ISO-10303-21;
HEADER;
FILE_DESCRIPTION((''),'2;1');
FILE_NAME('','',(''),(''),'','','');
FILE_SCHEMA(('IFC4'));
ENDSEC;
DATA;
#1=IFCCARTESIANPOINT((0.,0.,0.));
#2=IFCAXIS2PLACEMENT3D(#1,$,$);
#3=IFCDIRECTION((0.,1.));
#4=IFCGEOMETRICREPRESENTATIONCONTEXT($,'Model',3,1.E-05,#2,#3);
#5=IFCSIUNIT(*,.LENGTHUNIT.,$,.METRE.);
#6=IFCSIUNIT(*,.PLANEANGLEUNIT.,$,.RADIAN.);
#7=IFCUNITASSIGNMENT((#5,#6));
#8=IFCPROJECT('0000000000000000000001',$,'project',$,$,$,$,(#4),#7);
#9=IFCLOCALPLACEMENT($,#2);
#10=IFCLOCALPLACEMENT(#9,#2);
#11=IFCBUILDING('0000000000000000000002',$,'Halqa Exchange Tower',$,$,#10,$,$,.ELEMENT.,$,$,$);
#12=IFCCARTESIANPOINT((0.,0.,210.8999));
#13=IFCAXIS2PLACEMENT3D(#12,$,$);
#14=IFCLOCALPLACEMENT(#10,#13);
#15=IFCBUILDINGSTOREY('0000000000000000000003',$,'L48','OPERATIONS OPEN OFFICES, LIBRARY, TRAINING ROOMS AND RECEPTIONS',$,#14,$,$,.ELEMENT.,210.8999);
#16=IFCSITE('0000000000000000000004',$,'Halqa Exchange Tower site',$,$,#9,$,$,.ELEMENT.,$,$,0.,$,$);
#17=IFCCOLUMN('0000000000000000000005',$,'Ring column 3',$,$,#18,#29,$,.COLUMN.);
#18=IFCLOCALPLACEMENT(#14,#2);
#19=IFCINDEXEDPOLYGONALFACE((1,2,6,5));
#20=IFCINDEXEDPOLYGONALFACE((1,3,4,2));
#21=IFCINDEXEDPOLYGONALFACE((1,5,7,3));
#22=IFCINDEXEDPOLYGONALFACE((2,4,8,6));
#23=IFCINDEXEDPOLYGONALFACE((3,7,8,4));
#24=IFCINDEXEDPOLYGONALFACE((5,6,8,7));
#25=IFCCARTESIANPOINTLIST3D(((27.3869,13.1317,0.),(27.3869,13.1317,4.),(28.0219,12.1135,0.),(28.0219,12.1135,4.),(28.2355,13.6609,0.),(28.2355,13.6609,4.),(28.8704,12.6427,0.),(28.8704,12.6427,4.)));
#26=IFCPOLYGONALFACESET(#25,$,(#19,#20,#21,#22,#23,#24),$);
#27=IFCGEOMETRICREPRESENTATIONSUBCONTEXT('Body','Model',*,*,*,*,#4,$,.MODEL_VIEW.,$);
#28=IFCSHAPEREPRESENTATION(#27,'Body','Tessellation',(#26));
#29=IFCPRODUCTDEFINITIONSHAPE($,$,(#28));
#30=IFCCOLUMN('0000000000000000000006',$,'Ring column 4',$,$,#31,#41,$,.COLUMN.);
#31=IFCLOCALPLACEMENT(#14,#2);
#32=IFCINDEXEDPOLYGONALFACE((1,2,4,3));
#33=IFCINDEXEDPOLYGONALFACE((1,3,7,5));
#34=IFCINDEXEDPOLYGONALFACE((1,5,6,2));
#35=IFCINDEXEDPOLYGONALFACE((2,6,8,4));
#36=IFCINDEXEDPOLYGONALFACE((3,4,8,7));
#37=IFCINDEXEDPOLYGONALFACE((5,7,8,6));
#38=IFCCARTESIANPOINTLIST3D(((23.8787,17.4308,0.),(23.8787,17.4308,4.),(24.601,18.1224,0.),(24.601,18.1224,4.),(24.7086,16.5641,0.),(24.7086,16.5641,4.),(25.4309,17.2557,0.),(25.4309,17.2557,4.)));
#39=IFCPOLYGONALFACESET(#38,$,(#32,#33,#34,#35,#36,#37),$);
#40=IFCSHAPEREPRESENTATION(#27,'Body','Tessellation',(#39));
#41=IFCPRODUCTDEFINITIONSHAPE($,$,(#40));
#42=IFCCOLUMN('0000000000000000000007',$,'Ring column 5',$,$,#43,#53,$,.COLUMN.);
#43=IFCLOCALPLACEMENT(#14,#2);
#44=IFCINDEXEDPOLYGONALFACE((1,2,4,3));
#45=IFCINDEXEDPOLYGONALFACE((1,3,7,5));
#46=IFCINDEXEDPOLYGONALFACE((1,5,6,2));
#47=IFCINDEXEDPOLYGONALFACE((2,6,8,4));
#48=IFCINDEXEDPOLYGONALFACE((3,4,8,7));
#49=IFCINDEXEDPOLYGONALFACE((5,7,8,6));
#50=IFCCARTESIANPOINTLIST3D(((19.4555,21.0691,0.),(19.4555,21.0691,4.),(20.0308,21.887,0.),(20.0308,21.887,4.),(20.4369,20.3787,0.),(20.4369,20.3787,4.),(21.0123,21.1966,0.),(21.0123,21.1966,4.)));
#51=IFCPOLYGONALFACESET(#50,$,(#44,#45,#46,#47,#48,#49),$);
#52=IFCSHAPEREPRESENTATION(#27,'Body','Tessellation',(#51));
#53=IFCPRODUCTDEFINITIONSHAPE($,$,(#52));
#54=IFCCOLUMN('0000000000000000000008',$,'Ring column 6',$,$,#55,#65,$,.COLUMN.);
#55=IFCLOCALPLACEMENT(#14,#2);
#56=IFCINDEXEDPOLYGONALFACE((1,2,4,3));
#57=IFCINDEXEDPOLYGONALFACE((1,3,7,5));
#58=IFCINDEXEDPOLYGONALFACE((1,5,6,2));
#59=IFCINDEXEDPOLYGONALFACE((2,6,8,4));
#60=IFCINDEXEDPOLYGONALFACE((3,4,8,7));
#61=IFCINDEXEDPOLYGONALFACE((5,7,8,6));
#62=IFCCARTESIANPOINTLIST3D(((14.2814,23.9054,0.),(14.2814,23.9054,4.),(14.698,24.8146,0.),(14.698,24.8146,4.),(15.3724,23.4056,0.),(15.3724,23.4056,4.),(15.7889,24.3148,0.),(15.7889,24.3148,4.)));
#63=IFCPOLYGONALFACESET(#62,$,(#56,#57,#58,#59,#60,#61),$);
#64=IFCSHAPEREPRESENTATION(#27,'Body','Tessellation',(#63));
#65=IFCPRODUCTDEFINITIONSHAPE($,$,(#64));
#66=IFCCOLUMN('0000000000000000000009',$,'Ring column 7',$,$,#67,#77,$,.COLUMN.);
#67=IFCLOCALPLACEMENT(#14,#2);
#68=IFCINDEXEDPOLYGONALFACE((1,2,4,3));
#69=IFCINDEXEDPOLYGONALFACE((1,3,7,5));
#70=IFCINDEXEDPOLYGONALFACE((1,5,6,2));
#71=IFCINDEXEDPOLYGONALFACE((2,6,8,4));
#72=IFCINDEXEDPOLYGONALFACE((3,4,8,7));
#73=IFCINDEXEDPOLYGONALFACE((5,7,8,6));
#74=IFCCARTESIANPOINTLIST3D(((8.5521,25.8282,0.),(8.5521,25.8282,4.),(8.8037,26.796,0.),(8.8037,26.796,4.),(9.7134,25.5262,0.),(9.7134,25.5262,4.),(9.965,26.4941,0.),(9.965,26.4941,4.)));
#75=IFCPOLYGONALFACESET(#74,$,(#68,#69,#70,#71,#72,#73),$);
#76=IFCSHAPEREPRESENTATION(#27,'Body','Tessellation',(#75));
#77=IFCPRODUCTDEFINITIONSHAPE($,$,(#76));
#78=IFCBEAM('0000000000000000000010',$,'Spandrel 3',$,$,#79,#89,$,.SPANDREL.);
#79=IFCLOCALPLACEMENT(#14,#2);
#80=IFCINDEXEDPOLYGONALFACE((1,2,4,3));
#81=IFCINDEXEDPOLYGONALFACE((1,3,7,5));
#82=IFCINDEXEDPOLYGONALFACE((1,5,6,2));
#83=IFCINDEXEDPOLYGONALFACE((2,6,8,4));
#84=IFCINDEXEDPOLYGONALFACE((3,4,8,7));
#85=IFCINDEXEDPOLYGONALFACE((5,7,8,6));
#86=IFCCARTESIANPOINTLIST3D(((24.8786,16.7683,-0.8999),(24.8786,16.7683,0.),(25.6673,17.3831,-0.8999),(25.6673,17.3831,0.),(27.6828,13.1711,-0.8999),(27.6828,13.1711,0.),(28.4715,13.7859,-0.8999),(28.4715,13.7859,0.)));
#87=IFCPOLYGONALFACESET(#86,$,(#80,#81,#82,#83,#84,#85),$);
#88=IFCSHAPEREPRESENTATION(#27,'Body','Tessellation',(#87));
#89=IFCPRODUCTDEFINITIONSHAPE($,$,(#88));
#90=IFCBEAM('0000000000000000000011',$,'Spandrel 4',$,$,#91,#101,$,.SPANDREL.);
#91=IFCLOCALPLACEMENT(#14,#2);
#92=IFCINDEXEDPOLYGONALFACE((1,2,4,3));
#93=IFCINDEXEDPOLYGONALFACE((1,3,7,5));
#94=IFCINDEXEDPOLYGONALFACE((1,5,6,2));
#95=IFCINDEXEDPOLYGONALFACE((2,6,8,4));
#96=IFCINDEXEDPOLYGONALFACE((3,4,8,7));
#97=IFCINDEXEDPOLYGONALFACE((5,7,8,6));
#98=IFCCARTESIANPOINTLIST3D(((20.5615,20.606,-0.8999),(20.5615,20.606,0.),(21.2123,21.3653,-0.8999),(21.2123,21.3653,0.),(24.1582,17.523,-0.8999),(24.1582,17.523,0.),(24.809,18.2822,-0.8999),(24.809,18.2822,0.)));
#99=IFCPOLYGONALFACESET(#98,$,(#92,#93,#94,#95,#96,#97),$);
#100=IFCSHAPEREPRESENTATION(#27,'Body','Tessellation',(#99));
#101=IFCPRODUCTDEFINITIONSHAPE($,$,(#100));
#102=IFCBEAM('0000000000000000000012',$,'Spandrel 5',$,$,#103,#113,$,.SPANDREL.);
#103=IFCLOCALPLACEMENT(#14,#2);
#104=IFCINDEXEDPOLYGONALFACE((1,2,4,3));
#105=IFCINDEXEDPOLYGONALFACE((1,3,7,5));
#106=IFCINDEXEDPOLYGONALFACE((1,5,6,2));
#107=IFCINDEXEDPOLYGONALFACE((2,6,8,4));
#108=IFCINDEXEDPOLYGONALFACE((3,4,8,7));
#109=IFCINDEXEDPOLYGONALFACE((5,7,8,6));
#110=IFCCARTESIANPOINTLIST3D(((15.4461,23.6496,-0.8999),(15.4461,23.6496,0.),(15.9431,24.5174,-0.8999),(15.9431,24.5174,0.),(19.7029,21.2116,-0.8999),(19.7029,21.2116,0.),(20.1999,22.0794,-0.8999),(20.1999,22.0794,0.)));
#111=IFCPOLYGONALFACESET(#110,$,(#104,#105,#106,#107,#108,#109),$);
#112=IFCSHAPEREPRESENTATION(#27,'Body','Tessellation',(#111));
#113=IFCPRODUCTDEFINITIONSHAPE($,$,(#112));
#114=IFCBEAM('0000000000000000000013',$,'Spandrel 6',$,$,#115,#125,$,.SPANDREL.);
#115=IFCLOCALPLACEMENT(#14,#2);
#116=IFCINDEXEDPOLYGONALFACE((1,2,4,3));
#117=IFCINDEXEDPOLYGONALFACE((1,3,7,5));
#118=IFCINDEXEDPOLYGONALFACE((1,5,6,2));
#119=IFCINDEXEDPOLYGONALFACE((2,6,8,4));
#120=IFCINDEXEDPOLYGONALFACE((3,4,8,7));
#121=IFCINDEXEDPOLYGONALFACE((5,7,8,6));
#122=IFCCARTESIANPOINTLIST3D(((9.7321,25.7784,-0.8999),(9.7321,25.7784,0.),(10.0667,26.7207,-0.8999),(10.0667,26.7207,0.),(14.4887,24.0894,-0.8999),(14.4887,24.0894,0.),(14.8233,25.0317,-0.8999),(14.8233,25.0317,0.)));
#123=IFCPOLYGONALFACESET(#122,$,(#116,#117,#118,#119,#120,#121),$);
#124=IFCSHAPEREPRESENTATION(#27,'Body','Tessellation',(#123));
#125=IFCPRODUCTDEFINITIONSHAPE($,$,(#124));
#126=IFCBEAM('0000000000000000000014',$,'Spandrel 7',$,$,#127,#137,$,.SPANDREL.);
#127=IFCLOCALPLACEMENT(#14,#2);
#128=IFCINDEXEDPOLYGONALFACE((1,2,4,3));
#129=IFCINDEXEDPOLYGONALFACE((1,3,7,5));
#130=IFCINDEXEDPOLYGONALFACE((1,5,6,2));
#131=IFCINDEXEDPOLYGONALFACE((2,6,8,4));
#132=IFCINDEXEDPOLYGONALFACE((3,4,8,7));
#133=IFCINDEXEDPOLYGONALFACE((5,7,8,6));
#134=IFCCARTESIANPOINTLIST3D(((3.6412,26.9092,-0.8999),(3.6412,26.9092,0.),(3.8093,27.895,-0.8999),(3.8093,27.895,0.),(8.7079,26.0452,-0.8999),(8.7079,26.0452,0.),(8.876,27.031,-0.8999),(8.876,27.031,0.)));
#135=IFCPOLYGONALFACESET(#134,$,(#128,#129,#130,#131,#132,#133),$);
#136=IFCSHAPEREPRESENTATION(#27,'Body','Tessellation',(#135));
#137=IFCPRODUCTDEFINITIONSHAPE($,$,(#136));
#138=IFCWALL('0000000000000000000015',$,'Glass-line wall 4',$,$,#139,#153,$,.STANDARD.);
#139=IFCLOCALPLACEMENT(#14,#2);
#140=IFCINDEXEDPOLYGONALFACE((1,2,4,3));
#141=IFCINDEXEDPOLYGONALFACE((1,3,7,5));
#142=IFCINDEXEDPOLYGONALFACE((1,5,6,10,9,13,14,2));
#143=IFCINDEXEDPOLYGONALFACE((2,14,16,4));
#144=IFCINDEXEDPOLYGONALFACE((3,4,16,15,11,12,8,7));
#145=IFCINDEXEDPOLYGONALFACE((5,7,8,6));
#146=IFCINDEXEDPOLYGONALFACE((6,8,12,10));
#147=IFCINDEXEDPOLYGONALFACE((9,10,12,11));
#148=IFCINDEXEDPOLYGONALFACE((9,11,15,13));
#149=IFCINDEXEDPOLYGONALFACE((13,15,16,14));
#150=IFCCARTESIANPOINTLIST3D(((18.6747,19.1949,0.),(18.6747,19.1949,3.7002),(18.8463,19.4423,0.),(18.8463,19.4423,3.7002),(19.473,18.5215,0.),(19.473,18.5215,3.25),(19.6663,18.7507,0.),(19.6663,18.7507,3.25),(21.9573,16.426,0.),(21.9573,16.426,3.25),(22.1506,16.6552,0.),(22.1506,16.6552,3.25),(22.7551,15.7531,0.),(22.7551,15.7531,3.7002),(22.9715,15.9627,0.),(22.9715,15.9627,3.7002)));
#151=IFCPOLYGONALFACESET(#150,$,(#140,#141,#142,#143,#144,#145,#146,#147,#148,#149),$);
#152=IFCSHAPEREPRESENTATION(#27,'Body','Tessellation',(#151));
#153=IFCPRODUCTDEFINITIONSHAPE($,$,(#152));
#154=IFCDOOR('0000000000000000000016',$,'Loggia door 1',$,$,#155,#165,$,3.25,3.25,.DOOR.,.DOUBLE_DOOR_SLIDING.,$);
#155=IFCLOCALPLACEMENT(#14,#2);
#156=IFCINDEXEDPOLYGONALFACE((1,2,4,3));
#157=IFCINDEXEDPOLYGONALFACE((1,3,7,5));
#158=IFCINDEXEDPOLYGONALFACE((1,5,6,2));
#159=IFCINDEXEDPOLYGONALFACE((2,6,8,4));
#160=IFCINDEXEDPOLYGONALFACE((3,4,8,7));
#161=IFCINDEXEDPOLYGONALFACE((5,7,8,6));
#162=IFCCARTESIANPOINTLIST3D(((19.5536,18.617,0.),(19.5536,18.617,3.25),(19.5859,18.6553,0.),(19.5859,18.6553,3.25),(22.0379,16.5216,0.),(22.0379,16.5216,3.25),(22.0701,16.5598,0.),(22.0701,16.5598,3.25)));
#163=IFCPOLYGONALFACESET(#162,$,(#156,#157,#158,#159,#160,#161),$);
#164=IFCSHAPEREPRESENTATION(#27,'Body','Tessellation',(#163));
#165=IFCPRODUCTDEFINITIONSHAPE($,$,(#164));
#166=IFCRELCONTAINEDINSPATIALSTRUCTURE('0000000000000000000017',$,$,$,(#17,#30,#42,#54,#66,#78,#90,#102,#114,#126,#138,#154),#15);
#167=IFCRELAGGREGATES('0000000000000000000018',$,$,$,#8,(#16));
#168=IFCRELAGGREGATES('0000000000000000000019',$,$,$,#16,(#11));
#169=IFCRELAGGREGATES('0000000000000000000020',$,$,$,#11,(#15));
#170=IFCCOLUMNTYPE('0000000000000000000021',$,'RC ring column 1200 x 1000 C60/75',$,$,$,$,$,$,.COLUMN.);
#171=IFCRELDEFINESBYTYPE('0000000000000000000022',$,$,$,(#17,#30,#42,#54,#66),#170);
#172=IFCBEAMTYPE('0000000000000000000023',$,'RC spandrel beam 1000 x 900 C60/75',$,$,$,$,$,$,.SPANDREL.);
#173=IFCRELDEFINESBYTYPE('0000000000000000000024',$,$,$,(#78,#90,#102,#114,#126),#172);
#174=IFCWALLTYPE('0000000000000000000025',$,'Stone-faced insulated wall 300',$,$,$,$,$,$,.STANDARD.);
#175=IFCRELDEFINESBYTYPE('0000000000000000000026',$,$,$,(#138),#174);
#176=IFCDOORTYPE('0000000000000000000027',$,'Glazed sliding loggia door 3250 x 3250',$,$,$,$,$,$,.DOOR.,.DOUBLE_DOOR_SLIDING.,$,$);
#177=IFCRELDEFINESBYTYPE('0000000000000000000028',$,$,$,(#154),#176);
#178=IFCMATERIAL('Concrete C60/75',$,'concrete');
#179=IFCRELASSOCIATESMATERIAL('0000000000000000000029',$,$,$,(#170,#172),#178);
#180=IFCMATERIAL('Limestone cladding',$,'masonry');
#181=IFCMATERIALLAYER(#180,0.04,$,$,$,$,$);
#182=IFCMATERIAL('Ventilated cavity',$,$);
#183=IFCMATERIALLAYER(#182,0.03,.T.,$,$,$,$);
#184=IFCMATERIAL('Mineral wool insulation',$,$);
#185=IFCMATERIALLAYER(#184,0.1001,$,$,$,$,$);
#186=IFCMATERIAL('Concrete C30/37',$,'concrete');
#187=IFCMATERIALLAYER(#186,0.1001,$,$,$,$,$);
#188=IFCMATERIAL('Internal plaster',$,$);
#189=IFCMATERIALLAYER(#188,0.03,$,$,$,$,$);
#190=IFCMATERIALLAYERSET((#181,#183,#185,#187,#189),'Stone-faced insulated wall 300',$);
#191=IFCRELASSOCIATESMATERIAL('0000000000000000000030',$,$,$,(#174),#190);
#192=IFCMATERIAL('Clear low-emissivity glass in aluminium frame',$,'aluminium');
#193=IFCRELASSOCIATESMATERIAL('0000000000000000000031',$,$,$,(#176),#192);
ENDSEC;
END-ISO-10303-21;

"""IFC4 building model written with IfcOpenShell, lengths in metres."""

from ifc_helpers import new_model, si_unit, direction, frame, frame_2d, origin, origin_2d, place, context, subcontext, project, spatial, polyline, rectangle, outline, extrude, material, layer, layer_set, material_profile, profile_set, type_object, element, fill, save


model = new_model("IFC4")

# Units and contexts
model_context = context("Model", 3, precision=1e-05, world=origin(), true_north=direction((0.0, 1.0)))
body_context = subcontext(model_context, "Body", "Model", "MODEL_VIEW")
ifc_project = project(units=[si_unit("LENGTHUNIT", "METRE"), si_unit("PLANEANGLEUNIT", "RADIAN")], contexts=[model_context])

# Site, building, storey
site_placement = place(None, origin())
site = spatial("IfcSite", under=ifc_project, at=site_placement, Name="Halqa Exchange Tower site", CompositionType="ELEMENT", RefElevation=0.0)
building_placement = place(site_placement, origin())
building = spatial("IfcBuilding", under=site, at=building_placement, Name="Halqa Exchange Tower", CompositionType="ELEMENT")
storey_placement = place(building_placement, frame((0.0, 0.0, 210.8999)))
storey = spatial("IfcBuildingStorey", under=building, at=storey_placement, Name="L48", Description="OPERATIONS OPEN OFFICES, LIBRARY, TRAINING ROOMS AND RECEPTIONS", CompositionType="ELEMENT", Elevation=210.8999)

# Columns
ifc_material_1 = material(Name="Concrete C60/75", Category="concrete")
ifc_material_profile_1 = material_profile(ifc_material_1, rectangle(XDim=1.2, YDim=1.0, at=origin_2d()), Name="1200 x 1000")
ifc_profile_set_1 = profile_set([ifc_material_profile_1], Name="Concrete C60/75")
column_type = type_object("IfcColumnType", Name="RC ring column 1200 x 1000 C60/75", PredefinedType="COLUMN", material=ifc_profile_set_1)
for number, where, z_axis, x_axis, name in (
    (1, (28.1287, 12.8872, 0.0), (0.0, 0.0, 1.0), (-0.529145, 0.848531, 0.0), "Ring column 3"),
    (2, (24.6548, 17.3433, 0.0), (0.0, 0.0, 1.0), (-0.691575, 0.722305, 0.0), "Ring column 4"),
    (3, (20.2339, 21.1328, 0.0), (0.0, 0.0, 1.0), (-0.817906, 0.575352, 0.0), "Ring column 5"),
    (4, (15.0352, 24.1101, 0.0), (0.0, 0.0, 1.0), (-0.909129, 0.416514, 0.0), "Ring column 6"),
    (5, (9.2585, 26.1611, 0.0), (0.0, 0.0, 1.0), (-0.967819, 0.251649, 0.0), "Ring column 7"),
):
    element("IfcColumn", number, at=place(storey_placement, frame(where, z_axis=z_axis, x_axis=x_axis)), inside=storey, type_object=column_type, Name=name, PredefinedType="COLUMN", context=body_context, shape_type="SweptSolid", body=[
        extrude(rectangle(XDim=1.2, YDim=1.0, at=origin_2d()), origin(), (0.0, 0.0, 1.0), 4.0),
    ])

# Beams
ifc_material_profile_2 = material_profile(ifc_material_1, rectangle(XDim=1.0, YDim=0.8999, at=origin_2d()), Name="1000 x 900")
ifc_profile_set_2 = profile_set([ifc_material_profile_2], Name="Concrete C60/75")
beam_type = type_object("IfcBeamType", Name="RC spandrel beam 1000 x 900 C60/75", PredefinedType="SPANDREL", material=ifc_profile_set_2)
beam_1_placement = place(storey_placement, frame((28.0771, 13.4785, -0.45), z_axis=(-0.614815, 0.788672, 0.0), x_axis=(-0.788672, -0.614815, 0.0)))
element("IfcBeam", 6, at=beam_1_placement, inside=storey, type_object=beam_type, Name="Spandrel 3", PredefinedType="SPANDREL", context=body_context, shape_type="SweptSolid", body=[
    extrude(rectangle(XDim=1.0, YDim=0.8999, at=origin_2d()), origin(), (0.0, 0.0, 1.0), 4.561),
])
beam_2_placement = place(storey_placement, frame((24.4836, 17.9026, -0.45), z_axis=(-0.759242, 0.650808, 0.0), x_axis=(-0.650808, -0.759242, 0.0)))
element("IfcBeam", 7, at=beam_2_placement, inside=storey, type_object=beam_type, Name="Spandrel 4", PredefinedType="SPANDREL", context=body_context, shape_type="SweptSolid", body=[
    extrude(rectangle(XDim=1.0, YDim=0.8999, at=origin_2d()), origin(), (0.0, 0.0, 1.0), 4.7373),
])
beam_3_placement = place(storey_placement, frame((19.9514, 21.6455, -0.45), z_axis=(-0.867759, 0.496986, 0.0), x_axis=(-0.496986, -0.867759, 0.0)))
element("IfcBeam", 8, at=beam_3_placement, inside=storey, type_object=beam_type, Name="Spandrel 5", PredefinedType="SPANDREL", context=body_context, shape_type="SweptSolid", body=[
    extrude(rectangle(XDim=1.0, YDim=0.8999, at=origin_2d()), origin(), (0.0, 0.0, 1.0), 4.9055),
])
beam_4_placement = place(storey_placement, frame((14.656, 24.5605, -0.45), z_axis=(-0.942356, 0.334611, 0.0), x_axis=(-0.334611, -0.942356, 0.0)))
element("IfcBeam", 9, at=beam_4_placement, inside=storey, type_object=beam_type, Name="Spandrel 6", PredefinedType="SPANDREL", context=body_context, shape_type="SweptSolid", body=[
    extrude(rectangle(XDim=1.0, YDim=0.8999, at=origin_2d()), origin(), (0.0, 0.0, 1.0), 5.0476),
])
beam_5_placement = place(storey_placement, frame((8.792, 26.5381, -0.45), z_axis=(-0.985769, 0.168103, 0.0), x_axis=(-0.168103, -0.985769, 0.0)))
element("IfcBeam", 10, at=beam_5_placement, inside=storey, type_object=beam_type, Name="Spandrel 7", PredefinedType="SPANDREL", context=body_context, shape_type="SweptSolid", body=[
    extrude(rectangle(XDim=1.0, YDim=0.8999, at=origin_2d()), origin(), (0.0, 0.0, 1.0), 5.1399),
])

# Wall, opening, door
ifc_material_2 = material(Name="Limestone cladding", Category="masonry")
ifc_layer_1 = layer(ifc_material_2, 0.04)
ifc_material_3 = material(Name="Ventilated cavity")
ifc_layer_2 = layer(ifc_material_3, 0.03, ventilated=True)
ifc_material_4 = material(Name="Mineral wool insulation")
ifc_layer_3 = layer(ifc_material_4, 0.1001)
ifc_material_5 = material(Name="Concrete C30/37", Category="concrete")
ifc_layer_4 = layer(ifc_material_5, 0.1001)
ifc_material_6 = material(Name="Internal plaster")
ifc_layer_5 = layer(ifc_material_6, 0.03)
ifc_layer_set = layer_set([ifc_layer_1, ifc_layer_2, ifc_layer_3, ifc_layer_4, ifc_layer_5], Name="Stone-faced insulated wall 300")
wall_type = type_object("IfcWallType", Name="Stone-faced insulated wall 300", PredefinedType="STANDARD", material=ifc_layer_set)
wall_1_placement = place(storey_placement, frame((22.8633, 15.8579, 0.0), z_axis=(0.0, 0.0, 1.0), x_axis=(-0.764386, 0.644759, 0.0)))
wall_1 = element("IfcWall", 11, at=wall_1_placement, inside=storey, type_object=wall_type, Name="Glass-line wall 4", PredefinedType="STANDARD", context=body_context, shape_type="SweptSolid", body=[
    extrude(outline(polyline([(-0.0151, -0.1499), (5.3816, -0.1499), (5.3533, 0.1499), (0.0151, 0.1499), (-0.0151, -0.1499)])), origin(), (0.0, 0.0, 1.0), 3.7002),
])
opening_1_placement = place(wall_1_placement, frame((1.0588, 0.0, 0.0)))
opening_1 = element("IfcOpeningElement", 12, at=opening_1_placement, cuts=wall_1, PredefinedType="OPENING", context=body_context, shape_type="SweptSolid", body=[
    extrude(rectangle(XDim=3.25, YDim=3.25, at=frame_2d((1.625, 1.625))), frame((0.0, 0.1621, 0.0), z_axis=(0.0, -1.0, 0.0), x_axis=(1.0, 0.0, 0.0)), (0.0, 0.0, 1.0), 0.324),
])
ifc_material_7 = material(Name="Clear low-emissivity glass in aluminium frame", Category="aluminium")
door_type = type_object("IfcDoorType", Name="Glazed sliding loggia door 3250 x 3250", OperationType="DOUBLE_DOOR_SLIDING", PredefinedType="DOOR", material=ifc_material_7)
door_placement = place(opening_1_placement, origin())
door = element("IfcDoor", 13, at=door_placement, inside=storey, type_object=door_type, Name="Loggia door 1", OperationType="DOUBLE_DOOR_SLIDING", OverallHeight=3.25, OverallWidth=3.25, PredefinedType="DOOR", context=body_context, shape_type="SweptSolid", body=[
    extrude(rectangle(XDim=3.25, YDim=3.25, at=frame_2d((1.625, 1.625))), frame((0.0, 0.0249, 0.0), z_axis=(0.0, -1.0, 0.0), x_axis=(1.0, 0.0, 0.0)), (0.0, 0.0, 1.0), 0.05),
])
fill(opening_1, door)

save(model, "model.ifc")
